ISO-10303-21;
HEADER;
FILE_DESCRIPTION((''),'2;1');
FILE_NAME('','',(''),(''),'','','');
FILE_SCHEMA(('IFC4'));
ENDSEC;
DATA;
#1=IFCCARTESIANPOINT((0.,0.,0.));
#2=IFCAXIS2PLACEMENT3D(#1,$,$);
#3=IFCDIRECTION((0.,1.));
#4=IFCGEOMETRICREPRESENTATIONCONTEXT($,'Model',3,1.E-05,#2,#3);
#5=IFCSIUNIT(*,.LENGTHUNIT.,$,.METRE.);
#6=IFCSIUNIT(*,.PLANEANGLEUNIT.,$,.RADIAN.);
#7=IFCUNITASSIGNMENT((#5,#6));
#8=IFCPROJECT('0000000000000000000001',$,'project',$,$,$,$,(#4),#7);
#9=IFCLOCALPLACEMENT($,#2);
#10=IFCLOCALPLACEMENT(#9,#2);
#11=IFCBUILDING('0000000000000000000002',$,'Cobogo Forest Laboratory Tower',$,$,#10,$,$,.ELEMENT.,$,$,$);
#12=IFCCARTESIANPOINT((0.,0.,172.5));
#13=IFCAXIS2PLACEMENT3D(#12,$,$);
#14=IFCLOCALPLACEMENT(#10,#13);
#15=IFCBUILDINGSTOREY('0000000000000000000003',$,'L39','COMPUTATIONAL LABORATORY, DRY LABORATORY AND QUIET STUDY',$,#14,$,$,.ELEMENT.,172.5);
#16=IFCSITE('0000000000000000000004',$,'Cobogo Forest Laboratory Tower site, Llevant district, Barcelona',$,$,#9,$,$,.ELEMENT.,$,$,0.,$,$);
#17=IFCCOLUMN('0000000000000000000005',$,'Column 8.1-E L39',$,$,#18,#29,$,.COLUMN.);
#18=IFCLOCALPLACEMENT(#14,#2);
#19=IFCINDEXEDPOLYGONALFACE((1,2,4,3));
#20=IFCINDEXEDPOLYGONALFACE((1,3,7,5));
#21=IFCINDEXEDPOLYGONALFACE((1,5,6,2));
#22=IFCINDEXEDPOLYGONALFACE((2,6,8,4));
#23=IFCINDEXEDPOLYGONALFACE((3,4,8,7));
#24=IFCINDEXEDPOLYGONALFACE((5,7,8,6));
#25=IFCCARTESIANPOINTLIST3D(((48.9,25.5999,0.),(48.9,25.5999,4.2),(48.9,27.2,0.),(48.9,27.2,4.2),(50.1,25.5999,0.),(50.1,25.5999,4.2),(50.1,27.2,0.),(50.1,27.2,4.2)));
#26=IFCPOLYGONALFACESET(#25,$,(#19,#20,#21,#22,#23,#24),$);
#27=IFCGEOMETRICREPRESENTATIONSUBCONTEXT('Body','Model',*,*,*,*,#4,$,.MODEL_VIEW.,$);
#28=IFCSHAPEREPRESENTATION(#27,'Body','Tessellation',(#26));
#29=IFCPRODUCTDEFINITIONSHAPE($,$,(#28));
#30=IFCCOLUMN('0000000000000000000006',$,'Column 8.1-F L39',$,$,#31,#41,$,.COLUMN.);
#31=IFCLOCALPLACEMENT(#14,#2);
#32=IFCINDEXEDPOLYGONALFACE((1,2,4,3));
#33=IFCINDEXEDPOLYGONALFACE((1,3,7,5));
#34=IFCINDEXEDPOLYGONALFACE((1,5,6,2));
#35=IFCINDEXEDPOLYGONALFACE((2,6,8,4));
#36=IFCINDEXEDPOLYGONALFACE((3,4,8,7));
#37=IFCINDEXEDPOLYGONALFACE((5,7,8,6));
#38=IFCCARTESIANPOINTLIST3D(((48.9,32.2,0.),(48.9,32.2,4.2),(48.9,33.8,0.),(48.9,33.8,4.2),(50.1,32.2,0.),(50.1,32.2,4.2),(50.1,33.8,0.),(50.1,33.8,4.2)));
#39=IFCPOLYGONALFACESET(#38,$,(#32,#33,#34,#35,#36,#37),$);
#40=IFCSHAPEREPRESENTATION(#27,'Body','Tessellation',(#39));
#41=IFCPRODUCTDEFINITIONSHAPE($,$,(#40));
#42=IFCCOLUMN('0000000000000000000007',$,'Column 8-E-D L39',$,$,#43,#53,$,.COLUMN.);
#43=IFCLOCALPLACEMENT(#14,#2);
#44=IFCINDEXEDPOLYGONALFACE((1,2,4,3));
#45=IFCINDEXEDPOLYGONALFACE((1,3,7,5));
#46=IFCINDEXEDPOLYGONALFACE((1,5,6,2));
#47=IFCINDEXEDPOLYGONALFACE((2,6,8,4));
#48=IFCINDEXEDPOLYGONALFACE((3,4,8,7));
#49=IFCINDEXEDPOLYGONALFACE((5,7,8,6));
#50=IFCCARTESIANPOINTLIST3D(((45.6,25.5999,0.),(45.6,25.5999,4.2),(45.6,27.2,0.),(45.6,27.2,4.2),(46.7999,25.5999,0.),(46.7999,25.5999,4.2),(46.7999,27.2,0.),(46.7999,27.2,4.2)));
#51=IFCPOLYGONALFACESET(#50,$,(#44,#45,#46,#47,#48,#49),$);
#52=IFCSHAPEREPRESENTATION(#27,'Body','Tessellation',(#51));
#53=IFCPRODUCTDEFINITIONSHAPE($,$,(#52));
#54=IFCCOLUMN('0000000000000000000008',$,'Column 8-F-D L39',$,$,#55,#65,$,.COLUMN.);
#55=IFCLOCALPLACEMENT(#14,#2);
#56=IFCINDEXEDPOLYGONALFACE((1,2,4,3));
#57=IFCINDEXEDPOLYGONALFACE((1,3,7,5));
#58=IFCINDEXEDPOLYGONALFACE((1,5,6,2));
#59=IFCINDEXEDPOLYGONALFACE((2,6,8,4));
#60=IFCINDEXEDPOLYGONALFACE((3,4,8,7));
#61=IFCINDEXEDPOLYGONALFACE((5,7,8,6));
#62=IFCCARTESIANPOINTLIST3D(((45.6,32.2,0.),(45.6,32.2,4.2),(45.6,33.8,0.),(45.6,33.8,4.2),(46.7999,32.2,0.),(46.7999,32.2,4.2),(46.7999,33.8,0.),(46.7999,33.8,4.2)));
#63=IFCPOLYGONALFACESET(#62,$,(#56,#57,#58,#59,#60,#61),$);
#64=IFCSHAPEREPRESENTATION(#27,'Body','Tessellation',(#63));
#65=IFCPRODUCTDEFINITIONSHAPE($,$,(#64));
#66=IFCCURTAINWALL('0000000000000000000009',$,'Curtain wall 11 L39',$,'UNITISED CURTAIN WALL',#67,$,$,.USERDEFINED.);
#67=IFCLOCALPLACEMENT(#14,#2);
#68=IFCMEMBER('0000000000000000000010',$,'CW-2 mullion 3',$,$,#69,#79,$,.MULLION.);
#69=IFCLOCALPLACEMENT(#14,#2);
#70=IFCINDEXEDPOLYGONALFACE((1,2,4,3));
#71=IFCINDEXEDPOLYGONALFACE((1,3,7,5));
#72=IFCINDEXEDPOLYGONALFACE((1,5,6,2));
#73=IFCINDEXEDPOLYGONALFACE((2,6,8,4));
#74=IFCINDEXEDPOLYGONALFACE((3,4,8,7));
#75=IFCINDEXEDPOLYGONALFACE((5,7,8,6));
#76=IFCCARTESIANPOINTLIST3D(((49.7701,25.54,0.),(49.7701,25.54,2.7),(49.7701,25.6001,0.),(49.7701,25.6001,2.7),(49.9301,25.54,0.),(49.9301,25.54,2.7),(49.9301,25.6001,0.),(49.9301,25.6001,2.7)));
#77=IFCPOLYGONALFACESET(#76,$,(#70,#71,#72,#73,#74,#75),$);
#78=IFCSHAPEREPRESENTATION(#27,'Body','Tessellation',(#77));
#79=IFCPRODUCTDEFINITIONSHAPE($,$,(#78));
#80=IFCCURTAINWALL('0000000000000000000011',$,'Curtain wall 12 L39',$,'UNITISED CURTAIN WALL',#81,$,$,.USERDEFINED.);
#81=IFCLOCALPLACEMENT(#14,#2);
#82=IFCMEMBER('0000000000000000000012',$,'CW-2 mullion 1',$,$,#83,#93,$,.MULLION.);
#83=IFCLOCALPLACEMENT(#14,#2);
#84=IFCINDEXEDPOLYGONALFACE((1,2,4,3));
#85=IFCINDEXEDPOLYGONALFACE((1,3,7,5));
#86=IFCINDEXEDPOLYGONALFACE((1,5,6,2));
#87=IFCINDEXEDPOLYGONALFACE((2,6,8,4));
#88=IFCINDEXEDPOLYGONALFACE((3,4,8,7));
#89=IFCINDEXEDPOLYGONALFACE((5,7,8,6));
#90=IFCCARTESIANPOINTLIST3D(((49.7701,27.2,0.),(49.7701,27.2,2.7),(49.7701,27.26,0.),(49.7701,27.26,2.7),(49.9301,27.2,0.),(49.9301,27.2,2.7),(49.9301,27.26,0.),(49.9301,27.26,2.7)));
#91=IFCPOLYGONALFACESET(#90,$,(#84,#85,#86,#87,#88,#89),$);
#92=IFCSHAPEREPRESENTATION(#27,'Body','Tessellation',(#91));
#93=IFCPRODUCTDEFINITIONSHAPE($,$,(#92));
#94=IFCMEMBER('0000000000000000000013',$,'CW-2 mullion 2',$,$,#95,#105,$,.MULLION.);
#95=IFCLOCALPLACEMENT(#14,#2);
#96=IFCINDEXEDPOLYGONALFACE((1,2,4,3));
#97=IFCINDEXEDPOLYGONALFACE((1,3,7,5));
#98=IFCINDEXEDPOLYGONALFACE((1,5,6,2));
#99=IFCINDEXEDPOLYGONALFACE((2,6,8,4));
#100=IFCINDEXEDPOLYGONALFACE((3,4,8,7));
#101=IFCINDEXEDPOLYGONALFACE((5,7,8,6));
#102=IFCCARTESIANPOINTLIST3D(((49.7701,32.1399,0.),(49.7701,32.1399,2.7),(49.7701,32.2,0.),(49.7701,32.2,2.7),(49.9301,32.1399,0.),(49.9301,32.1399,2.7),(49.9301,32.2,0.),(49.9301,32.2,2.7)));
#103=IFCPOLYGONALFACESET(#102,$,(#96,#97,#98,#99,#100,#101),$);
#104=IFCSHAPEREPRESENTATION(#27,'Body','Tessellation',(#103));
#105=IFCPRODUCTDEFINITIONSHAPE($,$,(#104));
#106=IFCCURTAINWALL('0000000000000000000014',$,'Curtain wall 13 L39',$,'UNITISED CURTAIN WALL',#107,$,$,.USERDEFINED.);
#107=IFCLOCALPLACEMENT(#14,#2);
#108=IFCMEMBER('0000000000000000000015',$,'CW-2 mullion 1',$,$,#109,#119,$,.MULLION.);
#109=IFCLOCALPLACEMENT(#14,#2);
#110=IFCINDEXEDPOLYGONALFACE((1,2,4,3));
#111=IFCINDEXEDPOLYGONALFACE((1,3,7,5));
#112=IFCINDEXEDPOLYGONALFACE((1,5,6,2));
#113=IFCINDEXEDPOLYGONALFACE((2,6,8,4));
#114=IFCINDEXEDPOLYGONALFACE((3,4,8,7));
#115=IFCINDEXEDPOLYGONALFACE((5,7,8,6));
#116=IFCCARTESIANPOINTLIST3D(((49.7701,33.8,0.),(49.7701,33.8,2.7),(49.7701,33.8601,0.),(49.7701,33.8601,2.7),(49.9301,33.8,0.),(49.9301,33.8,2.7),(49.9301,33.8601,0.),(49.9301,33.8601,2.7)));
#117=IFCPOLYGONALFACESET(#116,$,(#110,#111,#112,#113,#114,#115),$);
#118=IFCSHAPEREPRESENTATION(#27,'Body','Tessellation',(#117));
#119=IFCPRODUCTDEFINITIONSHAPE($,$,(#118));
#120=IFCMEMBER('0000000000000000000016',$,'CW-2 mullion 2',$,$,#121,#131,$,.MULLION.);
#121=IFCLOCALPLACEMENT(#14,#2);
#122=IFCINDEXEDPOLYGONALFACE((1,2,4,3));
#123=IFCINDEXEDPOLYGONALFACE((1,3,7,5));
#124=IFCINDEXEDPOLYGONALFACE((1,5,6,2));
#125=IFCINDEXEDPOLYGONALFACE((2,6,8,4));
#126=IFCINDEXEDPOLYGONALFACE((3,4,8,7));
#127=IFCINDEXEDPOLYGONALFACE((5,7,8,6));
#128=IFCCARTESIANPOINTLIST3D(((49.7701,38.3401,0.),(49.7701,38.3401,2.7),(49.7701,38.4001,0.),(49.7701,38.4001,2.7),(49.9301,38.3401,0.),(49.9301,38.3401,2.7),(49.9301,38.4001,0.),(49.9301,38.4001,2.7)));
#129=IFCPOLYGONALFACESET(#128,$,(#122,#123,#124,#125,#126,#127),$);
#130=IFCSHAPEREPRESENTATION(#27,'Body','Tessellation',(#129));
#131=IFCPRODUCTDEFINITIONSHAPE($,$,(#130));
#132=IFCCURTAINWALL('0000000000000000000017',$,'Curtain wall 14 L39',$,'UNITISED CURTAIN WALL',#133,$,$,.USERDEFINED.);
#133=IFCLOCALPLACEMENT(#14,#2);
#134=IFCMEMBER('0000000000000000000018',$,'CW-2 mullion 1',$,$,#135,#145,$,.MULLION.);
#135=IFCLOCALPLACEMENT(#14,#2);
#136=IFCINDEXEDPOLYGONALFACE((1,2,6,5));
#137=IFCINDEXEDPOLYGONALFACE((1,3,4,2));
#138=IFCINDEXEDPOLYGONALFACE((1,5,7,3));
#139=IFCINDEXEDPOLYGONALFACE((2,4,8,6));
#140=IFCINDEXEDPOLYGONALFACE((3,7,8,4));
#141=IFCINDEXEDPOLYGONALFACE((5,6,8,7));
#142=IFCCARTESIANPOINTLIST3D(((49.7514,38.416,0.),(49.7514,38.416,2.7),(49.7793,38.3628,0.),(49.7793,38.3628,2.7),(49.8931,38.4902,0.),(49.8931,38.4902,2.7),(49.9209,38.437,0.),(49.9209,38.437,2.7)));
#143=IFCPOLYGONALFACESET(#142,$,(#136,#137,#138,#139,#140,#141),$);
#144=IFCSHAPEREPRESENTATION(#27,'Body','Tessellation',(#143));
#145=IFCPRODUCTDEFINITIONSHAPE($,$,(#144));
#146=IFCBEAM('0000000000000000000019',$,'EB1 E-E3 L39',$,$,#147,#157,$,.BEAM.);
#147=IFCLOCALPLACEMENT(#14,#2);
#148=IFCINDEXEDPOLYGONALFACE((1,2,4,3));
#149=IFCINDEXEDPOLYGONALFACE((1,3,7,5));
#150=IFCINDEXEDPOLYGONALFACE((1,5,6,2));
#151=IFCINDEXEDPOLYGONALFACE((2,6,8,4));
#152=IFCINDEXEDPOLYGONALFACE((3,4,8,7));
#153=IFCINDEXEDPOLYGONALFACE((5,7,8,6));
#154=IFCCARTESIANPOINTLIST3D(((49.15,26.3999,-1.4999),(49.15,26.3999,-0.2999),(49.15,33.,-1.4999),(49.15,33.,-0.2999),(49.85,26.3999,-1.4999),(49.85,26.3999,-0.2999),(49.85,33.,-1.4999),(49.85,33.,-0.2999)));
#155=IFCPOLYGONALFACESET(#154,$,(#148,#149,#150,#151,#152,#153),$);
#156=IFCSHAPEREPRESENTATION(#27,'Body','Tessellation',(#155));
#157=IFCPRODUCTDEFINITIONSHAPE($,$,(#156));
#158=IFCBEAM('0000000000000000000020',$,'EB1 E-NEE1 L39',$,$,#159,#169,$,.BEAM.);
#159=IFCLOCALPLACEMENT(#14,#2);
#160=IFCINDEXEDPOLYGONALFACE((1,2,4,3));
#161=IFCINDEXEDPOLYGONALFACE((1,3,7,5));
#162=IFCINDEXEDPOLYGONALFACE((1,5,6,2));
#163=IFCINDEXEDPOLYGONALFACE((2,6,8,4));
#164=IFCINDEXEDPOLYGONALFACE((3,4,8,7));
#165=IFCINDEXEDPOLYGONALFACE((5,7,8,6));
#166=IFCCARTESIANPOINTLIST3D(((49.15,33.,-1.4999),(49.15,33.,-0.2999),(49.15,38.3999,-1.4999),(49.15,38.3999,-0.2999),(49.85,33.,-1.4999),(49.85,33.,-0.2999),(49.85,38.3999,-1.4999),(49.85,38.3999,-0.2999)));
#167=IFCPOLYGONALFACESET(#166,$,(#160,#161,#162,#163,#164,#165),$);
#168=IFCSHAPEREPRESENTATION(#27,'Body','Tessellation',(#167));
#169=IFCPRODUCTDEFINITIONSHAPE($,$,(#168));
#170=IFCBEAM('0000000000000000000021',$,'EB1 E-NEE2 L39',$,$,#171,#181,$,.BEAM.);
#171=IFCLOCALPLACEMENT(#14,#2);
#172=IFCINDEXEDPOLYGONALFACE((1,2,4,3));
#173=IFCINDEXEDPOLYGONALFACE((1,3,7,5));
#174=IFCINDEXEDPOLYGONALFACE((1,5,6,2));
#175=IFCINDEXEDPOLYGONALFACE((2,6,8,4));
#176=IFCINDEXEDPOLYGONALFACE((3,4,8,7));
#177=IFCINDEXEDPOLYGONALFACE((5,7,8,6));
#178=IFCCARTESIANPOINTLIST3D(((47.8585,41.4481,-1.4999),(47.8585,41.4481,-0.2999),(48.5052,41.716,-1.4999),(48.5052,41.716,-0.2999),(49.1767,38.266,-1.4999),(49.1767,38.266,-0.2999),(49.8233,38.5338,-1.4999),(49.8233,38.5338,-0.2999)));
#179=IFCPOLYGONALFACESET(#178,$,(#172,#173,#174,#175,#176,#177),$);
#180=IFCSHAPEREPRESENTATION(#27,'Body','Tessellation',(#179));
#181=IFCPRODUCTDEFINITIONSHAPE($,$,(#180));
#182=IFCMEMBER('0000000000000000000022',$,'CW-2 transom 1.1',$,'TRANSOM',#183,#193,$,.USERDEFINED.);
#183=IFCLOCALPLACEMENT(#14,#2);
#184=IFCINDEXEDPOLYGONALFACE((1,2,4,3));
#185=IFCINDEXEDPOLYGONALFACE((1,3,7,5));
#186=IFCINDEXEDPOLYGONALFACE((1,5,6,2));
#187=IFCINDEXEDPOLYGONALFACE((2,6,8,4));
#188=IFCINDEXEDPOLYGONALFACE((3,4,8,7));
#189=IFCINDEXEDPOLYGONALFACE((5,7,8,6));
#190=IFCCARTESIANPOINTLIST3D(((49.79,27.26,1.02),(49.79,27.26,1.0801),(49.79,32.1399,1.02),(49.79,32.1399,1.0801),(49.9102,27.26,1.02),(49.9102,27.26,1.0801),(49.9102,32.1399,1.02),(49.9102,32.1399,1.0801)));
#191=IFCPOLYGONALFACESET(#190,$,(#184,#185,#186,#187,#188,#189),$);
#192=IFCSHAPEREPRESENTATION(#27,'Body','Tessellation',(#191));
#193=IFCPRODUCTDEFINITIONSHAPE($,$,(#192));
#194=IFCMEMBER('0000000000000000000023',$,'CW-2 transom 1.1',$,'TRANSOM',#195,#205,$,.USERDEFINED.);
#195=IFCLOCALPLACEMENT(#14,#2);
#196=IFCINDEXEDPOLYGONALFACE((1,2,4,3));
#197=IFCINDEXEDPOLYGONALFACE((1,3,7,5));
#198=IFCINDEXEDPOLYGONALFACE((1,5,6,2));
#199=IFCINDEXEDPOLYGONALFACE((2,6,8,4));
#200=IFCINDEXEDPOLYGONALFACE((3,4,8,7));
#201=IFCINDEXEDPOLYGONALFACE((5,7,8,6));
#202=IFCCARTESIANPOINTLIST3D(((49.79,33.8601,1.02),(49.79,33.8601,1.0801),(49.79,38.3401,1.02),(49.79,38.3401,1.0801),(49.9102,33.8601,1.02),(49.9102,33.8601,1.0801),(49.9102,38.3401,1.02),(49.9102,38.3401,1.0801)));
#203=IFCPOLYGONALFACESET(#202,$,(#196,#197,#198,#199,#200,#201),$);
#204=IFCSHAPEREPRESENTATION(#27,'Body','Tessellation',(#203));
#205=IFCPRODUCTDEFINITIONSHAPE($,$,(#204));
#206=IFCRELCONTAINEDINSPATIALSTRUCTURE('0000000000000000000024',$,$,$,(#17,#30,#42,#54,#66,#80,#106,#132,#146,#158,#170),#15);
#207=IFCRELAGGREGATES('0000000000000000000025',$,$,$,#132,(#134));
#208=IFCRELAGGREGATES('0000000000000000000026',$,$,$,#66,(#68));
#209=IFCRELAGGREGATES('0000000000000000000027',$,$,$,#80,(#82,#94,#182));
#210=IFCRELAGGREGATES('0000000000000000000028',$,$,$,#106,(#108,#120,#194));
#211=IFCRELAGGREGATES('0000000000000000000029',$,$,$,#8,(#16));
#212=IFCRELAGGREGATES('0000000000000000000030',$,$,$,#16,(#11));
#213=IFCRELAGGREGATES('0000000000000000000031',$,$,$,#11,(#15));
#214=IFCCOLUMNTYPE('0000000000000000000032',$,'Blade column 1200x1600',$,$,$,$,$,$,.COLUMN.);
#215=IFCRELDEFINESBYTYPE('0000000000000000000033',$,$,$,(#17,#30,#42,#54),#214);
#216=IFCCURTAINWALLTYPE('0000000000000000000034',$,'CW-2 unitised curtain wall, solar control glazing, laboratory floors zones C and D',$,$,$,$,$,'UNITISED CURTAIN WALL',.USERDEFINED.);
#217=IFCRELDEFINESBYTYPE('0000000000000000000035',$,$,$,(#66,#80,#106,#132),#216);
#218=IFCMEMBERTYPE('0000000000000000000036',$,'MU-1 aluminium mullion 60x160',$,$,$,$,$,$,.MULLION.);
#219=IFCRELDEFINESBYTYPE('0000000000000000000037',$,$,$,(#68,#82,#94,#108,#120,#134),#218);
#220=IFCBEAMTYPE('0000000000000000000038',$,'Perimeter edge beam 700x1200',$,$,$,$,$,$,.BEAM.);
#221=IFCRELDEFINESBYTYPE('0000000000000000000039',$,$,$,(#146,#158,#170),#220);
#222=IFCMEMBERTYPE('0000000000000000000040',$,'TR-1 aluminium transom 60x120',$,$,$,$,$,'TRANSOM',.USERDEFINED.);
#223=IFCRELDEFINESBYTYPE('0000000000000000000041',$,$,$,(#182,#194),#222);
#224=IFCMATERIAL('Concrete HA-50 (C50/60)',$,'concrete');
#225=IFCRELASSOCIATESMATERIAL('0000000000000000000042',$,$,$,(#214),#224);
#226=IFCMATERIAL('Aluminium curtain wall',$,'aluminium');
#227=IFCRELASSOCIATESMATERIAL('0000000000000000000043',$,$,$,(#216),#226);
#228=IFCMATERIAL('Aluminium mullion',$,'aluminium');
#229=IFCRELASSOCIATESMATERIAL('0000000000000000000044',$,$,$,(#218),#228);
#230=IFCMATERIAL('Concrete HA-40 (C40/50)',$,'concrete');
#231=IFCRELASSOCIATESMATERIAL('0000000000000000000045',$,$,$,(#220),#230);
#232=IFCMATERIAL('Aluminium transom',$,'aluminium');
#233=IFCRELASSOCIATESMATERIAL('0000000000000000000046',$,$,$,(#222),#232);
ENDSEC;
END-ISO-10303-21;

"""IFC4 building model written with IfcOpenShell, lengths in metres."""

from ifc_helpers import new_model, si_unit, direction, frame, origin, origin_2d, place, context, subcontext, project, spatial, rectangle, extrude, material, material_profile, profile_set, type_object, element, aggregate, save


model = new_model("IFC4")

# Units and contexts
model_context = context("Model", 3, precision=1e-05, world=origin(), true_north=direction((0.0, 1.0)))
body_context = subcontext(model_context, "Body", "Model", "MODEL_VIEW")
ifc_project = project(units=[si_unit("LENGTHUNIT", "METRE"), si_unit("PLANEANGLEUNIT", "RADIAN")], contexts=[model_context])

# Site, building, storey
site_placement = place(None, origin())
site = spatial("IfcSite", under=ifc_project, at=site_placement, Name="Cobogo Forest Laboratory Tower site, Llevant district, Barcelona", CompositionType="ELEMENT", RefElevation=0.0)
building_placement = place(site_placement, origin())
building = spatial("IfcBuilding", under=site, at=building_placement, Name="Cobogo Forest Laboratory Tower", CompositionType="ELEMENT")
storey_placement = place(building_placement, frame((0.0, 0.0, 172.5)))
storey = spatial("IfcBuildingStorey", under=building, at=storey_placement, Name="L39", Description="COMPUTATIONAL LABORATORY, DRY LABORATORY AND QUIET STUDY", CompositionType="ELEMENT", Elevation=172.5)

# Columns
ifc_material_1 = material(Name="Concrete HA-50 (C50/60)", Category="concrete")
ifc_material_profile_1 = material_profile(ifc_material_1, rectangle(XDim=1.6001, YDim=1.2, at=origin_2d()), Name="RC 1200x1600")
ifc_profile_set_1 = profile_set([ifc_material_profile_1], Name="Concrete HA-50 (C50/60)")
column_type = type_object("IfcColumnType", Name="Blade column 1200x1600", PredefinedType="COLUMN", material=ifc_profile_set_1)
for number, where, z_axis, x_axis, name in (
    (1, (49.5, 26.3999, 0.0), (0.0, 0.0, 1.0), (0.0, 1.0, 0.0), "Column 8.1-E L39"),
    (2, (49.5, 33.0, 0.0), (0.0, 0.0, 1.0), (0.0, 1.0, 0.0), "Column 8.1-F L39"),
    (3, (46.2, 26.3999, 0.0), (0.0, 0.0, 1.0), (0.0, 1.0, 0.0), "Column 8-E-D L39"),
    (4, (46.2, 33.0, 0.0), (0.0, 0.0, 1.0), (0.0, 1.0, 0.0), "Column 8-F-D L39"),
):
    element("IfcColumn", number, at=place(storey_placement, frame(where, z_axis=z_axis, x_axis=x_axis)), inside=storey, type_object=column_type, Name=name, PredefinedType="COLUMN", context=body_context, shape_type="SweptSolid", body=[
        extrude(rectangle(XDim=1.6001, YDim=1.2, at=origin_2d()), origin(), (0.0, 0.0, 1.0), 4.2),
    ])

# Curtain wall, member
ifc_material_2 = material(Name="Aluminium curtain wall", Category="aluminium")
curtain_wall_type = type_object("IfcCurtainWallType", Name="CW-2 unitised curtain wall, solar control glazing, laboratory floors zones C and D", ElementType="UNITISED CURTAIN WALL", PredefinedType="USERDEFINED", material=ifc_material_2)
curtain_wall_1_placement = place(storey_placement, origin())
curtain_wall_1 = element("IfcCurtainWall", 5, at=curtain_wall_1_placement, inside=storey, type_object=curtain_wall_type, Name="Curtain wall 11 L39", ObjectType="UNITISED CURTAIN WALL", PredefinedType="USERDEFINED")
ifc_material_3 = material(Name="Aluminium mullion", Category="aluminium")
ifc_material_profile_2 = material_profile(ifc_material_3, rectangle(XDim=0.0601, YDim=0.1599, at=origin_2d()), Name="AL 60x160")
ifc_profile_set_2 = profile_set([ifc_material_profile_2], Name="Aluminium mullion")
member_type_1 = type_object("IfcMemberType", Name="MU-1 aluminium mullion 60x160", PredefinedType="MULLION", material=ifc_profile_set_2)
member_1_placement = place(storey_placement, frame((49.8501, 25.5701, 0.0), z_axis=(0.0, 0.0, 1.0), x_axis=(0.0, 1.0, 0.0)))
member_1 = element("IfcMember", 6, at=member_1_placement, type_object=member_type_1, Name="CW-2 mullion 3", PredefinedType="MULLION", context=body_context, shape_type="SweptSolid", body=[
    extrude(rectangle(XDim=0.0601, YDim=0.1599, at=origin_2d()), origin(), (0.0, 0.0, 1.0), 2.7),
])

# Curtain walls, members
curtain_wall_2_placement = place(storey_placement, origin())
curtain_wall_2 = element("IfcCurtainWall", 7, at=curtain_wall_2_placement, inside=storey, type_object=curtain_wall_type, Name="Curtain wall 12 L39", ObjectType="UNITISED CURTAIN WALL", PredefinedType="USERDEFINED")
member_2_placement = place(storey_placement, frame((49.8501, 27.23, 0.0), z_axis=(0.0, 0.0, 1.0), x_axis=(0.0, 1.0, 0.0)))
member_2 = element("IfcMember", 8, at=member_2_placement, type_object=member_type_1, Name="CW-2 mullion 1", PredefinedType="MULLION", context=body_context, shape_type="SweptSolid", body=[
    extrude(rectangle(XDim=0.0601, YDim=0.1599, at=origin_2d()), origin(), (0.0, 0.0, 1.0), 2.7),
])
member_3_placement = place(storey_placement, frame((49.8501, 32.1699, 0.0), z_axis=(0.0, 0.0, 1.0), x_axis=(0.0, 1.0, 0.0)))
member_3 = element("IfcMember", 9, at=member_3_placement, type_object=member_type_1, Name="CW-2 mullion 2", PredefinedType="MULLION", context=body_context, shape_type="SweptSolid", body=[
    extrude(rectangle(XDim=0.0601, YDim=0.1599, at=origin_2d()), origin(), (0.0, 0.0, 1.0), 2.7),
])
curtain_wall_3_placement = place(storey_placement, origin())
curtain_wall_3 = element("IfcCurtainWall", 10, at=curtain_wall_3_placement, inside=storey, type_object=curtain_wall_type, Name="Curtain wall 13 L39", ObjectType="UNITISED CURTAIN WALL", PredefinedType="USERDEFINED")
member_4_placement = place(storey_placement, frame((49.8501, 33.8301, 0.0), z_axis=(0.0, 0.0, 1.0), x_axis=(0.0, 1.0, 0.0)))
member_4 = element("IfcMember", 11, at=member_4_placement, type_object=member_type_1, Name="CW-2 mullion 1", PredefinedType="MULLION", context=body_context, shape_type="SweptSolid", body=[
    extrude(rectangle(XDim=0.0601, YDim=0.1599, at=origin_2d()), origin(), (0.0, 0.0, 1.0), 2.7),
])
member_5_placement = place(storey_placement, frame((49.8501, 38.3701, 0.0), z_axis=(0.0, 0.0, 1.0), x_axis=(0.0, 1.0, 0.0)))
member_5 = element("IfcMember", 12, at=member_5_placement, type_object=member_type_1, Name="CW-2 mullion 2", PredefinedType="MULLION", context=body_context, shape_type="SweptSolid", body=[
    extrude(rectangle(XDim=0.0601, YDim=0.1599, at=origin_2d()), origin(), (0.0, 0.0, 1.0), 2.7),
])

# Curtain wall, member
curtain_wall_4_placement = place(storey_placement, origin())
curtain_wall_4 = element("IfcCurtainWall", 13, at=curtain_wall_4_placement, inside=storey, type_object=curtain_wall_type, Name="Curtain wall 14 L39", ObjectType="UNITISED CURTAIN WALL", PredefinedType="USERDEFINED")
member_6_placement = place(storey_placement, frame((49.8362, 38.4265, 0.0), z_axis=(0.0, 0.0, 1.0), x_axis=(-0.464284, 0.885686, 0.0)))
member_6 = element("IfcMember", 14, at=member_6_placement, type_object=member_type_1, Name="CW-2 mullion 1", PredefinedType="MULLION", context=body_context, shape_type="SweptSolid", body=[
    extrude(rectangle(XDim=0.0601, YDim=0.1599, at=origin_2d()), origin(), (0.0, 0.0, 1.0), 2.7),
])
aggregate(curtain_wall_4, [member_6])

# Beams
ifc_material_4 = material(Name="Concrete HA-40 (C40/50)", Category="concrete")
ifc_material_profile_3 = material_profile(ifc_material_4, rectangle(XDim=0.7, YDim=1.2, at=origin_2d()), Name="RC 700x1200")
ifc_profile_set_3 = profile_set([ifc_material_profile_3], Name="Concrete HA-40 (C40/50)")
beam_type = type_object("IfcBeamType", Name="Perimeter edge beam 700x1200", PredefinedType="BEAM", material=ifc_profile_set_3)
beam_1_placement = place(storey_placement, frame((49.5, 26.3999, -0.8999), z_axis=(0.0, 1.0, 0.0), x_axis=(-1.0, 0.0, 0.0)))
element("IfcBeam", 15, at=beam_1_placement, inside=storey, type_object=beam_type, Name="EB1 E-E3 L39", PredefinedType="BEAM", context=body_context, shape_type="SweptSolid", body=[
    extrude(rectangle(XDim=0.7, YDim=1.2, at=origin_2d()), origin(), (0.0, 0.0, 1.0), 6.6001),
])
beam_2_placement = place(storey_placement, frame((49.5, 33.0, -0.8999), z_axis=(0.0, 1.0, 0.0), x_axis=(-1.0, 0.0, 0.0)))
element("IfcBeam", 16, at=beam_2_placement, inside=storey, type_object=beam_type, Name="EB1 E-NEE1 L39", PredefinedType="BEAM", context=body_context, shape_type="SweptSolid", body=[
    extrude(rectangle(XDim=0.7, YDim=1.2, at=origin_2d()), origin(), (0.0, 0.0, 1.0), 5.3999),
])
beam_3_placement = place(storey_placement, frame((49.5, 38.3999, -0.8999), z_axis=(-0.382692, 0.923876, 0.0), x_axis=(-0.923876, -0.382692, 0.0)))
element("IfcBeam", 17, at=beam_3_placement, inside=storey, type_object=beam_type, Name="EB1 E-NEE2 L39", PredefinedType="BEAM", context=body_context, shape_type="SweptSolid", body=[
    extrude(rectangle(XDim=0.7, YDim=1.2, at=origin_2d()), origin(), (0.0, 0.0, 1.0), 3.4443),
])

# Members
ifc_material_5 = material(Name="Aluminium transom", Category="aluminium")
ifc_material_profile_4 = material_profile(ifc_material_5, rectangle(XDim=0.1201, YDim=0.0601, at=origin_2d()), Name="AL 60x120")
ifc_profile_set_4 = profile_set([ifc_material_profile_4], Name="Aluminium transom")
member_type_2 = type_object("IfcMemberType", Name="TR-1 aluminium transom 60x120", ElementType="TRANSOM", PredefinedType="USERDEFINED", material=ifc_profile_set_4)
member_7_placement = place(storey_placement, frame((49.8501, 27.26, 1.05), z_axis=(0.0, 1.0, 0.0), x_axis=(-1.0, 0.0, 0.0)))
member_7 = element("IfcMember", 18, at=member_7_placement, type_object=member_type_2, Name="CW-2 transom 1.1", ObjectType="TRANSOM", PredefinedType="USERDEFINED", context=body_context, shape_type="SweptSolid", body=[
    extrude(rectangle(XDim=0.1201, YDim=0.0601, at=origin_2d()), origin(), (0.0, 0.0, 1.0), 4.8799),
])
member_8_placement = place(storey_placement, frame((49.8501, 33.8601, 1.05), z_axis=(0.0, 1.0, 0.0), x_axis=(-1.0, 0.0, 0.0)))
member_8 = element("IfcMember", 19, at=member_8_placement, type_object=member_type_2, Name="CW-2 transom 1.1", ObjectType="TRANSOM", PredefinedType="USERDEFINED", context=body_context, shape_type="SweptSolid", body=[
    extrude(rectangle(XDim=0.1201, YDim=0.0601, at=origin_2d()), origin(), (0.0, 0.0, 1.0), 4.48),
])

aggregate(curtain_wall_1, [member_1])
aggregate(curtain_wall_2, [member_2, member_3, member_7])
aggregate(curtain_wall_3, [member_4, member_5, member_8])

save(model, "model.ifc")
